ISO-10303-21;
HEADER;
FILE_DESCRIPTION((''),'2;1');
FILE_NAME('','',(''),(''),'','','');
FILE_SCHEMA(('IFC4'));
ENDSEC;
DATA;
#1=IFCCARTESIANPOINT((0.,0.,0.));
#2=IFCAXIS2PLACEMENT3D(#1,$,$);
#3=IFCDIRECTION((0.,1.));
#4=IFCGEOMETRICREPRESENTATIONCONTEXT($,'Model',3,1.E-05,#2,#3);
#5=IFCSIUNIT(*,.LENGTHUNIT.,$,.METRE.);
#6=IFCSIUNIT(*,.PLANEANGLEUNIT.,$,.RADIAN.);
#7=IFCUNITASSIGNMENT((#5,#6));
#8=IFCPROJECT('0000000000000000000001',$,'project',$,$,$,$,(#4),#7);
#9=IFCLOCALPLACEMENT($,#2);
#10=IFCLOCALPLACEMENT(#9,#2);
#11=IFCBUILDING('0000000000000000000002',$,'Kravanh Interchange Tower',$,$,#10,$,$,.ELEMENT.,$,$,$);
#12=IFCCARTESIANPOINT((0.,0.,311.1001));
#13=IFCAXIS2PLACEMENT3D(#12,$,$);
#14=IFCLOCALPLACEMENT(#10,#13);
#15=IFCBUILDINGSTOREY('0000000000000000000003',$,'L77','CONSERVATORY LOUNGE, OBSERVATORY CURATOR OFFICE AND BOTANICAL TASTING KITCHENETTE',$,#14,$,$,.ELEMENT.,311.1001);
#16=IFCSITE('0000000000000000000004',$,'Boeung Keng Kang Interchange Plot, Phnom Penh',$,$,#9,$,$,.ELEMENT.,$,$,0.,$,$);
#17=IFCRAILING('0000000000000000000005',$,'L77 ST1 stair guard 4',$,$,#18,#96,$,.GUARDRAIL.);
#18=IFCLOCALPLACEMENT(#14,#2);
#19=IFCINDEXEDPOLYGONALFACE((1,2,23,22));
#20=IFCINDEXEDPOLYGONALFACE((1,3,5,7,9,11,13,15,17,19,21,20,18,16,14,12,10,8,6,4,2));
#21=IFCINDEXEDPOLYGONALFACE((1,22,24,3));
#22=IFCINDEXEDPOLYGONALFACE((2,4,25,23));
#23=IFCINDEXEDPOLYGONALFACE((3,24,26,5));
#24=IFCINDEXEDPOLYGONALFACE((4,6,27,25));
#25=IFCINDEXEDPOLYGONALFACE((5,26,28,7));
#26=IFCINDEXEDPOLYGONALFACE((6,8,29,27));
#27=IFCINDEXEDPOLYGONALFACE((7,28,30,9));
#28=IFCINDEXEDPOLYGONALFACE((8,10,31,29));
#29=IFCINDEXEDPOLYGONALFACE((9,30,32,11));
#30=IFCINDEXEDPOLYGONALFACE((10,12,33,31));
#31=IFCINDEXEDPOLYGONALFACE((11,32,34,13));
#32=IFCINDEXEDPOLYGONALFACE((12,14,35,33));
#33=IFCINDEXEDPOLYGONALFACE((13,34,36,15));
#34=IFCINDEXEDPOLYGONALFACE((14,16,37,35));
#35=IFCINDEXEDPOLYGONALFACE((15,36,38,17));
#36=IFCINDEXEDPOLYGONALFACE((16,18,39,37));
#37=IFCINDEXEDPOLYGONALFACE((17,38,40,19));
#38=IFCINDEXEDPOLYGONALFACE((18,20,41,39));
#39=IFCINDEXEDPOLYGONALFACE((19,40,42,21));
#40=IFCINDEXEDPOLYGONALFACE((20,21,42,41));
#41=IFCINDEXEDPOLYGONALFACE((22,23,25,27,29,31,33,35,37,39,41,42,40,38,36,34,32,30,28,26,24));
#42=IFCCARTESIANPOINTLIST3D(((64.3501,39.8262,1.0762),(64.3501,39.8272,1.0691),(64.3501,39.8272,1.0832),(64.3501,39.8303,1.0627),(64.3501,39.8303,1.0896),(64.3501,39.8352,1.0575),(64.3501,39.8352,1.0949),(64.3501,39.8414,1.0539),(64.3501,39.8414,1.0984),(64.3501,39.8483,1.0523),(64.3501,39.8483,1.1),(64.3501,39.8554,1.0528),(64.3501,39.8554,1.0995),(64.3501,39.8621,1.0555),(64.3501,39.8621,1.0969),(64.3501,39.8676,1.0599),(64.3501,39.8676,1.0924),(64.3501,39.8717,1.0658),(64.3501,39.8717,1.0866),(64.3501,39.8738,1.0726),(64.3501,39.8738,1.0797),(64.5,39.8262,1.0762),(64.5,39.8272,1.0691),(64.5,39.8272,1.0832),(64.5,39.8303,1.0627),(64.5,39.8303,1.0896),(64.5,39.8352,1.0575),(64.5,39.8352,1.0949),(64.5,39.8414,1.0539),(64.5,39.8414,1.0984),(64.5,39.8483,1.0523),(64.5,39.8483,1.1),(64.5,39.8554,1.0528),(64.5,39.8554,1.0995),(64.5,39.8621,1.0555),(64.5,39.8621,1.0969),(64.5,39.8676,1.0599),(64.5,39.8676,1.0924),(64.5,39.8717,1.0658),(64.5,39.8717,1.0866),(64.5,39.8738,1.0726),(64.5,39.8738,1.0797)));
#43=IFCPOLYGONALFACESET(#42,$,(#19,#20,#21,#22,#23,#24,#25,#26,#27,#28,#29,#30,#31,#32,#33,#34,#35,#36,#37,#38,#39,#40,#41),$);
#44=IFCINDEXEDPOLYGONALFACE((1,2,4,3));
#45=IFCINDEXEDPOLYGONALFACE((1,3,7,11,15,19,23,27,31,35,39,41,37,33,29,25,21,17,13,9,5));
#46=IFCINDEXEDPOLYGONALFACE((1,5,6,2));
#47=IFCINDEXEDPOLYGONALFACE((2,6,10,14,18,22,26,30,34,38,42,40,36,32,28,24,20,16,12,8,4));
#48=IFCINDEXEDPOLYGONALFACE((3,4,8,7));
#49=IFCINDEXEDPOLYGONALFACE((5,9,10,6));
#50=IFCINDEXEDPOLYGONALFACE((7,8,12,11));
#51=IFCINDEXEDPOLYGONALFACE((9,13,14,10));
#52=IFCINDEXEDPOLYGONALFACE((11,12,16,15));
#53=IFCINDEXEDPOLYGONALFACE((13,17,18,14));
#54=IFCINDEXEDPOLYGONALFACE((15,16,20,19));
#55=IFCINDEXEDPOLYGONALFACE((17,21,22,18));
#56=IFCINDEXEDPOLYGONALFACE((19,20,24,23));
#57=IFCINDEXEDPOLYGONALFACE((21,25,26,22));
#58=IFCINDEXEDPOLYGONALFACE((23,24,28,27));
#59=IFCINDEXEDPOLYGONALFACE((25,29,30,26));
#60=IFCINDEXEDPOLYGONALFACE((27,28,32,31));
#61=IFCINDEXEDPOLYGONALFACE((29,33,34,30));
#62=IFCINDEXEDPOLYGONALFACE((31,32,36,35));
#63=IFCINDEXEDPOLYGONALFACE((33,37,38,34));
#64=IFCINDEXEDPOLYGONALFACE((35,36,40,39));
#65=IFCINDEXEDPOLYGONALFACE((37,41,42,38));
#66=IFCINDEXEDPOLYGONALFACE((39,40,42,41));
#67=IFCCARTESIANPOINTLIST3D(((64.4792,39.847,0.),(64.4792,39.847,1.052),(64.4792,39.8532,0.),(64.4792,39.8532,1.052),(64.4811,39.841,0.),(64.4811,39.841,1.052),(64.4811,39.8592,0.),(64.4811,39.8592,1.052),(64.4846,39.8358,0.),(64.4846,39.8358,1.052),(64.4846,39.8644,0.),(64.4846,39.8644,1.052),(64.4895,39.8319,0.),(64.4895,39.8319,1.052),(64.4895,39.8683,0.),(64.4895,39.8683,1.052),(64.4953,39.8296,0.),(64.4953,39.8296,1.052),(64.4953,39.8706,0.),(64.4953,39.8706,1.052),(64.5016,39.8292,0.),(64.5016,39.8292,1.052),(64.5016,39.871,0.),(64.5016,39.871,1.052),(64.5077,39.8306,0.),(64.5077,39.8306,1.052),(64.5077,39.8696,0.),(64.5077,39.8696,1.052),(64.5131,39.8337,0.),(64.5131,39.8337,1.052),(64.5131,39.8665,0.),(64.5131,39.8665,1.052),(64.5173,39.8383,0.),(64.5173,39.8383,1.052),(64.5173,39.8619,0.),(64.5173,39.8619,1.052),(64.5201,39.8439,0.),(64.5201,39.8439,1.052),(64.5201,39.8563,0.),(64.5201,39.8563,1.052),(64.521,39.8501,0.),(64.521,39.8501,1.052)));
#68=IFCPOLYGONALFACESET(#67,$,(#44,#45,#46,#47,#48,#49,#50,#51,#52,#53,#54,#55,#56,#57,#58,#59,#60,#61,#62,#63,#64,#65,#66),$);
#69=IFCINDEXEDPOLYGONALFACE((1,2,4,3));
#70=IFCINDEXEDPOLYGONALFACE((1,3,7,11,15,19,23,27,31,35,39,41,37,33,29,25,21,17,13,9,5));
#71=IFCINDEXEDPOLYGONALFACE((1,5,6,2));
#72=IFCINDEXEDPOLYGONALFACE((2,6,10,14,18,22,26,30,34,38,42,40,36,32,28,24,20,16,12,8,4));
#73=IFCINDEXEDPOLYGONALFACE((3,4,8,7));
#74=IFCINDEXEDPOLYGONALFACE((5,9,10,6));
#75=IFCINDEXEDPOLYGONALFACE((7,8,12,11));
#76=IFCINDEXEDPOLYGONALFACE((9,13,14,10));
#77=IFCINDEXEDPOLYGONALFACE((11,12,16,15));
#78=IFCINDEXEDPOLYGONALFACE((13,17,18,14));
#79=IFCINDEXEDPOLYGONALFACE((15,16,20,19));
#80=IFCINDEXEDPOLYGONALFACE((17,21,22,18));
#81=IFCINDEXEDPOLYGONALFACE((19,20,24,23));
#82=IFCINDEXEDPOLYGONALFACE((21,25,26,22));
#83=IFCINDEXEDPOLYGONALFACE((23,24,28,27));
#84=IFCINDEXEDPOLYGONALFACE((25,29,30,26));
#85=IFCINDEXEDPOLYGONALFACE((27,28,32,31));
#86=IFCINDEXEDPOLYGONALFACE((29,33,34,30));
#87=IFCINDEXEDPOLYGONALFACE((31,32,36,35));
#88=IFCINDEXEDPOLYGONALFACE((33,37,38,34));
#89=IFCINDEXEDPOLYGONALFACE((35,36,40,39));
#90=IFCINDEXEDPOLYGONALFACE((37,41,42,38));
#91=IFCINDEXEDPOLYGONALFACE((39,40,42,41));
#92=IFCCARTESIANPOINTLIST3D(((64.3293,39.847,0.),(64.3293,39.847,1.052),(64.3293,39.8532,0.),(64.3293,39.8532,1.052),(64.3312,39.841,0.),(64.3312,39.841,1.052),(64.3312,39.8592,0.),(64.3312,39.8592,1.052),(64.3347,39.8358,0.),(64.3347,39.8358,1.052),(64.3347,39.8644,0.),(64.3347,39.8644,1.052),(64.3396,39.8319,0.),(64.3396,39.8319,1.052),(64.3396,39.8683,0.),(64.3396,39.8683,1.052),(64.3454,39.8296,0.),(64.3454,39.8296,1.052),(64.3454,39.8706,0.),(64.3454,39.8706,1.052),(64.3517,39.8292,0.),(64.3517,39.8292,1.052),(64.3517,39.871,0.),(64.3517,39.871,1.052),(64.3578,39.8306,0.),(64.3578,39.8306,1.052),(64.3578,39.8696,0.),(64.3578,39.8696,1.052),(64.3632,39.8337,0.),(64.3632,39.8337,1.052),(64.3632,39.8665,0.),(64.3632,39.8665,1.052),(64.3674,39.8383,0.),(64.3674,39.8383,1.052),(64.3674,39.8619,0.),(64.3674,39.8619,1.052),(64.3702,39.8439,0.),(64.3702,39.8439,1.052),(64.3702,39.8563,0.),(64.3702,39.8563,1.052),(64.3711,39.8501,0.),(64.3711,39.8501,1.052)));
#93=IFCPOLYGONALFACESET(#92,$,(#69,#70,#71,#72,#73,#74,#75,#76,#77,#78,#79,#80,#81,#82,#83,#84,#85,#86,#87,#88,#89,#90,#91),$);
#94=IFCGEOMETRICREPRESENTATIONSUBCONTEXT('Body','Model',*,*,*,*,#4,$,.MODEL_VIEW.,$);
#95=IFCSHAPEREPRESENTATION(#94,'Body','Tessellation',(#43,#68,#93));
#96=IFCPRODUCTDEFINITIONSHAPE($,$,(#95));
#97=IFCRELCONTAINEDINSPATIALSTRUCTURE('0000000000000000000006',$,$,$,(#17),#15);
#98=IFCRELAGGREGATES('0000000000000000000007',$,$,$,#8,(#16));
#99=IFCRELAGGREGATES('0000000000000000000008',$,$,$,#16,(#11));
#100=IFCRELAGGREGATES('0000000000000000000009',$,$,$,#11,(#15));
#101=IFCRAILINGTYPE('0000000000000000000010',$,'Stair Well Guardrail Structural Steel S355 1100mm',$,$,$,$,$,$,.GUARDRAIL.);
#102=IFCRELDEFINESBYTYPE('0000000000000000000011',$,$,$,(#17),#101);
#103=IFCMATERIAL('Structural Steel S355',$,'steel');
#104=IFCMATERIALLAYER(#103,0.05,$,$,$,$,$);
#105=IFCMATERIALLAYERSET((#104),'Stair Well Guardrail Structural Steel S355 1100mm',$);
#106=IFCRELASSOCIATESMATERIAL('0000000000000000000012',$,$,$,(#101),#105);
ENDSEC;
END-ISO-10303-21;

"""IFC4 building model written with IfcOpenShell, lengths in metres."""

from ifc_helpers import new_model, si_unit, direction, frame, origin, origin_2d, place, context, subcontext, project, spatial, circle, extrude, material, layer, layer_set, type_object, element, save


model = new_model("IFC4")

# Units and contexts
model_context = context("Model", 3, precision=1e-05, world=origin(), true_north=direction((0.0, 1.0)))
body_context = subcontext(model_context, "Body", "Model", "MODEL_VIEW")
ifc_project = project(units=[si_unit("LENGTHUNIT", "METRE"), si_unit("PLANEANGLEUNIT", "RADIAN")], contexts=[model_context])

# Site, building, storey
site_placement = place(None, origin())
site = spatial("IfcSite", under=ifc_project, at=site_placement, Name="Boeung Keng Kang Interchange Plot, Phnom Penh", CompositionType="ELEMENT", RefElevation=0.0)
building_placement = place(site_placement, origin())
building = spatial("IfcBuilding", under=site, at=building_placement, Name="Kravanh Interchange Tower", CompositionType="ELEMENT")
storey_placement = place(building_placement, frame((0.0, 0.0, 311.1001)))
storey = spatial("IfcBuildingStorey", under=building, at=storey_placement, Name="L77", Description="CONSERVATORY LOUNGE, OBSERVATORY CURATOR OFFICE AND BOTANICAL TASTING KITCHENETTE", CompositionType="ELEMENT", Elevation=311.1001)

# Railing
ifc_material_1 = material(Name="Structural Steel S355", Category="steel")
ifc_layer_1 = layer(ifc_material_1, 0.05)
ifc_layer_set_1 = layer_set([ifc_layer_1], Name="Stair Well Guardrail Structural Steel S355 1100mm")
railing_type_1 = type_object("IfcRailingType", Name="Stair Well Guardrail Structural Steel S355 1100mm", PredefinedType="GUARDRAIL", material=ifc_layer_set_1)
railing_1_placement = place(storey_placement, frame((64.5, 39.8501, 0.0)))
element("IfcRailing", 1, at=railing_1_placement, inside=storey, type_object=railing_type_1, Name="L77 ST1 stair guard 4", PredefinedType="GUARDRAIL", context=body_context, shape_type="SweptSolid", body=[
    extrude(circle(Radius=0.0239, at=origin_2d()), frame((0.0, 0.0, 1.0762), z_axis=(-1.0, 0.0, 0.0), x_axis=(0.0, -1.0, 0.0)), (0.0, 0.0, 1.0), 0.1499),
    extrude(circle(Radius=0.021, at=origin_2d()), origin(), (0.0, 0.0, 1.0), 1.052),
    extrude(circle(Radius=0.021, at=origin_2d()), frame((-0.1499, 0.0, 0.0)), (0.0, 0.0, 1.0), 1.052),
])

save(model, "model.ifc")
